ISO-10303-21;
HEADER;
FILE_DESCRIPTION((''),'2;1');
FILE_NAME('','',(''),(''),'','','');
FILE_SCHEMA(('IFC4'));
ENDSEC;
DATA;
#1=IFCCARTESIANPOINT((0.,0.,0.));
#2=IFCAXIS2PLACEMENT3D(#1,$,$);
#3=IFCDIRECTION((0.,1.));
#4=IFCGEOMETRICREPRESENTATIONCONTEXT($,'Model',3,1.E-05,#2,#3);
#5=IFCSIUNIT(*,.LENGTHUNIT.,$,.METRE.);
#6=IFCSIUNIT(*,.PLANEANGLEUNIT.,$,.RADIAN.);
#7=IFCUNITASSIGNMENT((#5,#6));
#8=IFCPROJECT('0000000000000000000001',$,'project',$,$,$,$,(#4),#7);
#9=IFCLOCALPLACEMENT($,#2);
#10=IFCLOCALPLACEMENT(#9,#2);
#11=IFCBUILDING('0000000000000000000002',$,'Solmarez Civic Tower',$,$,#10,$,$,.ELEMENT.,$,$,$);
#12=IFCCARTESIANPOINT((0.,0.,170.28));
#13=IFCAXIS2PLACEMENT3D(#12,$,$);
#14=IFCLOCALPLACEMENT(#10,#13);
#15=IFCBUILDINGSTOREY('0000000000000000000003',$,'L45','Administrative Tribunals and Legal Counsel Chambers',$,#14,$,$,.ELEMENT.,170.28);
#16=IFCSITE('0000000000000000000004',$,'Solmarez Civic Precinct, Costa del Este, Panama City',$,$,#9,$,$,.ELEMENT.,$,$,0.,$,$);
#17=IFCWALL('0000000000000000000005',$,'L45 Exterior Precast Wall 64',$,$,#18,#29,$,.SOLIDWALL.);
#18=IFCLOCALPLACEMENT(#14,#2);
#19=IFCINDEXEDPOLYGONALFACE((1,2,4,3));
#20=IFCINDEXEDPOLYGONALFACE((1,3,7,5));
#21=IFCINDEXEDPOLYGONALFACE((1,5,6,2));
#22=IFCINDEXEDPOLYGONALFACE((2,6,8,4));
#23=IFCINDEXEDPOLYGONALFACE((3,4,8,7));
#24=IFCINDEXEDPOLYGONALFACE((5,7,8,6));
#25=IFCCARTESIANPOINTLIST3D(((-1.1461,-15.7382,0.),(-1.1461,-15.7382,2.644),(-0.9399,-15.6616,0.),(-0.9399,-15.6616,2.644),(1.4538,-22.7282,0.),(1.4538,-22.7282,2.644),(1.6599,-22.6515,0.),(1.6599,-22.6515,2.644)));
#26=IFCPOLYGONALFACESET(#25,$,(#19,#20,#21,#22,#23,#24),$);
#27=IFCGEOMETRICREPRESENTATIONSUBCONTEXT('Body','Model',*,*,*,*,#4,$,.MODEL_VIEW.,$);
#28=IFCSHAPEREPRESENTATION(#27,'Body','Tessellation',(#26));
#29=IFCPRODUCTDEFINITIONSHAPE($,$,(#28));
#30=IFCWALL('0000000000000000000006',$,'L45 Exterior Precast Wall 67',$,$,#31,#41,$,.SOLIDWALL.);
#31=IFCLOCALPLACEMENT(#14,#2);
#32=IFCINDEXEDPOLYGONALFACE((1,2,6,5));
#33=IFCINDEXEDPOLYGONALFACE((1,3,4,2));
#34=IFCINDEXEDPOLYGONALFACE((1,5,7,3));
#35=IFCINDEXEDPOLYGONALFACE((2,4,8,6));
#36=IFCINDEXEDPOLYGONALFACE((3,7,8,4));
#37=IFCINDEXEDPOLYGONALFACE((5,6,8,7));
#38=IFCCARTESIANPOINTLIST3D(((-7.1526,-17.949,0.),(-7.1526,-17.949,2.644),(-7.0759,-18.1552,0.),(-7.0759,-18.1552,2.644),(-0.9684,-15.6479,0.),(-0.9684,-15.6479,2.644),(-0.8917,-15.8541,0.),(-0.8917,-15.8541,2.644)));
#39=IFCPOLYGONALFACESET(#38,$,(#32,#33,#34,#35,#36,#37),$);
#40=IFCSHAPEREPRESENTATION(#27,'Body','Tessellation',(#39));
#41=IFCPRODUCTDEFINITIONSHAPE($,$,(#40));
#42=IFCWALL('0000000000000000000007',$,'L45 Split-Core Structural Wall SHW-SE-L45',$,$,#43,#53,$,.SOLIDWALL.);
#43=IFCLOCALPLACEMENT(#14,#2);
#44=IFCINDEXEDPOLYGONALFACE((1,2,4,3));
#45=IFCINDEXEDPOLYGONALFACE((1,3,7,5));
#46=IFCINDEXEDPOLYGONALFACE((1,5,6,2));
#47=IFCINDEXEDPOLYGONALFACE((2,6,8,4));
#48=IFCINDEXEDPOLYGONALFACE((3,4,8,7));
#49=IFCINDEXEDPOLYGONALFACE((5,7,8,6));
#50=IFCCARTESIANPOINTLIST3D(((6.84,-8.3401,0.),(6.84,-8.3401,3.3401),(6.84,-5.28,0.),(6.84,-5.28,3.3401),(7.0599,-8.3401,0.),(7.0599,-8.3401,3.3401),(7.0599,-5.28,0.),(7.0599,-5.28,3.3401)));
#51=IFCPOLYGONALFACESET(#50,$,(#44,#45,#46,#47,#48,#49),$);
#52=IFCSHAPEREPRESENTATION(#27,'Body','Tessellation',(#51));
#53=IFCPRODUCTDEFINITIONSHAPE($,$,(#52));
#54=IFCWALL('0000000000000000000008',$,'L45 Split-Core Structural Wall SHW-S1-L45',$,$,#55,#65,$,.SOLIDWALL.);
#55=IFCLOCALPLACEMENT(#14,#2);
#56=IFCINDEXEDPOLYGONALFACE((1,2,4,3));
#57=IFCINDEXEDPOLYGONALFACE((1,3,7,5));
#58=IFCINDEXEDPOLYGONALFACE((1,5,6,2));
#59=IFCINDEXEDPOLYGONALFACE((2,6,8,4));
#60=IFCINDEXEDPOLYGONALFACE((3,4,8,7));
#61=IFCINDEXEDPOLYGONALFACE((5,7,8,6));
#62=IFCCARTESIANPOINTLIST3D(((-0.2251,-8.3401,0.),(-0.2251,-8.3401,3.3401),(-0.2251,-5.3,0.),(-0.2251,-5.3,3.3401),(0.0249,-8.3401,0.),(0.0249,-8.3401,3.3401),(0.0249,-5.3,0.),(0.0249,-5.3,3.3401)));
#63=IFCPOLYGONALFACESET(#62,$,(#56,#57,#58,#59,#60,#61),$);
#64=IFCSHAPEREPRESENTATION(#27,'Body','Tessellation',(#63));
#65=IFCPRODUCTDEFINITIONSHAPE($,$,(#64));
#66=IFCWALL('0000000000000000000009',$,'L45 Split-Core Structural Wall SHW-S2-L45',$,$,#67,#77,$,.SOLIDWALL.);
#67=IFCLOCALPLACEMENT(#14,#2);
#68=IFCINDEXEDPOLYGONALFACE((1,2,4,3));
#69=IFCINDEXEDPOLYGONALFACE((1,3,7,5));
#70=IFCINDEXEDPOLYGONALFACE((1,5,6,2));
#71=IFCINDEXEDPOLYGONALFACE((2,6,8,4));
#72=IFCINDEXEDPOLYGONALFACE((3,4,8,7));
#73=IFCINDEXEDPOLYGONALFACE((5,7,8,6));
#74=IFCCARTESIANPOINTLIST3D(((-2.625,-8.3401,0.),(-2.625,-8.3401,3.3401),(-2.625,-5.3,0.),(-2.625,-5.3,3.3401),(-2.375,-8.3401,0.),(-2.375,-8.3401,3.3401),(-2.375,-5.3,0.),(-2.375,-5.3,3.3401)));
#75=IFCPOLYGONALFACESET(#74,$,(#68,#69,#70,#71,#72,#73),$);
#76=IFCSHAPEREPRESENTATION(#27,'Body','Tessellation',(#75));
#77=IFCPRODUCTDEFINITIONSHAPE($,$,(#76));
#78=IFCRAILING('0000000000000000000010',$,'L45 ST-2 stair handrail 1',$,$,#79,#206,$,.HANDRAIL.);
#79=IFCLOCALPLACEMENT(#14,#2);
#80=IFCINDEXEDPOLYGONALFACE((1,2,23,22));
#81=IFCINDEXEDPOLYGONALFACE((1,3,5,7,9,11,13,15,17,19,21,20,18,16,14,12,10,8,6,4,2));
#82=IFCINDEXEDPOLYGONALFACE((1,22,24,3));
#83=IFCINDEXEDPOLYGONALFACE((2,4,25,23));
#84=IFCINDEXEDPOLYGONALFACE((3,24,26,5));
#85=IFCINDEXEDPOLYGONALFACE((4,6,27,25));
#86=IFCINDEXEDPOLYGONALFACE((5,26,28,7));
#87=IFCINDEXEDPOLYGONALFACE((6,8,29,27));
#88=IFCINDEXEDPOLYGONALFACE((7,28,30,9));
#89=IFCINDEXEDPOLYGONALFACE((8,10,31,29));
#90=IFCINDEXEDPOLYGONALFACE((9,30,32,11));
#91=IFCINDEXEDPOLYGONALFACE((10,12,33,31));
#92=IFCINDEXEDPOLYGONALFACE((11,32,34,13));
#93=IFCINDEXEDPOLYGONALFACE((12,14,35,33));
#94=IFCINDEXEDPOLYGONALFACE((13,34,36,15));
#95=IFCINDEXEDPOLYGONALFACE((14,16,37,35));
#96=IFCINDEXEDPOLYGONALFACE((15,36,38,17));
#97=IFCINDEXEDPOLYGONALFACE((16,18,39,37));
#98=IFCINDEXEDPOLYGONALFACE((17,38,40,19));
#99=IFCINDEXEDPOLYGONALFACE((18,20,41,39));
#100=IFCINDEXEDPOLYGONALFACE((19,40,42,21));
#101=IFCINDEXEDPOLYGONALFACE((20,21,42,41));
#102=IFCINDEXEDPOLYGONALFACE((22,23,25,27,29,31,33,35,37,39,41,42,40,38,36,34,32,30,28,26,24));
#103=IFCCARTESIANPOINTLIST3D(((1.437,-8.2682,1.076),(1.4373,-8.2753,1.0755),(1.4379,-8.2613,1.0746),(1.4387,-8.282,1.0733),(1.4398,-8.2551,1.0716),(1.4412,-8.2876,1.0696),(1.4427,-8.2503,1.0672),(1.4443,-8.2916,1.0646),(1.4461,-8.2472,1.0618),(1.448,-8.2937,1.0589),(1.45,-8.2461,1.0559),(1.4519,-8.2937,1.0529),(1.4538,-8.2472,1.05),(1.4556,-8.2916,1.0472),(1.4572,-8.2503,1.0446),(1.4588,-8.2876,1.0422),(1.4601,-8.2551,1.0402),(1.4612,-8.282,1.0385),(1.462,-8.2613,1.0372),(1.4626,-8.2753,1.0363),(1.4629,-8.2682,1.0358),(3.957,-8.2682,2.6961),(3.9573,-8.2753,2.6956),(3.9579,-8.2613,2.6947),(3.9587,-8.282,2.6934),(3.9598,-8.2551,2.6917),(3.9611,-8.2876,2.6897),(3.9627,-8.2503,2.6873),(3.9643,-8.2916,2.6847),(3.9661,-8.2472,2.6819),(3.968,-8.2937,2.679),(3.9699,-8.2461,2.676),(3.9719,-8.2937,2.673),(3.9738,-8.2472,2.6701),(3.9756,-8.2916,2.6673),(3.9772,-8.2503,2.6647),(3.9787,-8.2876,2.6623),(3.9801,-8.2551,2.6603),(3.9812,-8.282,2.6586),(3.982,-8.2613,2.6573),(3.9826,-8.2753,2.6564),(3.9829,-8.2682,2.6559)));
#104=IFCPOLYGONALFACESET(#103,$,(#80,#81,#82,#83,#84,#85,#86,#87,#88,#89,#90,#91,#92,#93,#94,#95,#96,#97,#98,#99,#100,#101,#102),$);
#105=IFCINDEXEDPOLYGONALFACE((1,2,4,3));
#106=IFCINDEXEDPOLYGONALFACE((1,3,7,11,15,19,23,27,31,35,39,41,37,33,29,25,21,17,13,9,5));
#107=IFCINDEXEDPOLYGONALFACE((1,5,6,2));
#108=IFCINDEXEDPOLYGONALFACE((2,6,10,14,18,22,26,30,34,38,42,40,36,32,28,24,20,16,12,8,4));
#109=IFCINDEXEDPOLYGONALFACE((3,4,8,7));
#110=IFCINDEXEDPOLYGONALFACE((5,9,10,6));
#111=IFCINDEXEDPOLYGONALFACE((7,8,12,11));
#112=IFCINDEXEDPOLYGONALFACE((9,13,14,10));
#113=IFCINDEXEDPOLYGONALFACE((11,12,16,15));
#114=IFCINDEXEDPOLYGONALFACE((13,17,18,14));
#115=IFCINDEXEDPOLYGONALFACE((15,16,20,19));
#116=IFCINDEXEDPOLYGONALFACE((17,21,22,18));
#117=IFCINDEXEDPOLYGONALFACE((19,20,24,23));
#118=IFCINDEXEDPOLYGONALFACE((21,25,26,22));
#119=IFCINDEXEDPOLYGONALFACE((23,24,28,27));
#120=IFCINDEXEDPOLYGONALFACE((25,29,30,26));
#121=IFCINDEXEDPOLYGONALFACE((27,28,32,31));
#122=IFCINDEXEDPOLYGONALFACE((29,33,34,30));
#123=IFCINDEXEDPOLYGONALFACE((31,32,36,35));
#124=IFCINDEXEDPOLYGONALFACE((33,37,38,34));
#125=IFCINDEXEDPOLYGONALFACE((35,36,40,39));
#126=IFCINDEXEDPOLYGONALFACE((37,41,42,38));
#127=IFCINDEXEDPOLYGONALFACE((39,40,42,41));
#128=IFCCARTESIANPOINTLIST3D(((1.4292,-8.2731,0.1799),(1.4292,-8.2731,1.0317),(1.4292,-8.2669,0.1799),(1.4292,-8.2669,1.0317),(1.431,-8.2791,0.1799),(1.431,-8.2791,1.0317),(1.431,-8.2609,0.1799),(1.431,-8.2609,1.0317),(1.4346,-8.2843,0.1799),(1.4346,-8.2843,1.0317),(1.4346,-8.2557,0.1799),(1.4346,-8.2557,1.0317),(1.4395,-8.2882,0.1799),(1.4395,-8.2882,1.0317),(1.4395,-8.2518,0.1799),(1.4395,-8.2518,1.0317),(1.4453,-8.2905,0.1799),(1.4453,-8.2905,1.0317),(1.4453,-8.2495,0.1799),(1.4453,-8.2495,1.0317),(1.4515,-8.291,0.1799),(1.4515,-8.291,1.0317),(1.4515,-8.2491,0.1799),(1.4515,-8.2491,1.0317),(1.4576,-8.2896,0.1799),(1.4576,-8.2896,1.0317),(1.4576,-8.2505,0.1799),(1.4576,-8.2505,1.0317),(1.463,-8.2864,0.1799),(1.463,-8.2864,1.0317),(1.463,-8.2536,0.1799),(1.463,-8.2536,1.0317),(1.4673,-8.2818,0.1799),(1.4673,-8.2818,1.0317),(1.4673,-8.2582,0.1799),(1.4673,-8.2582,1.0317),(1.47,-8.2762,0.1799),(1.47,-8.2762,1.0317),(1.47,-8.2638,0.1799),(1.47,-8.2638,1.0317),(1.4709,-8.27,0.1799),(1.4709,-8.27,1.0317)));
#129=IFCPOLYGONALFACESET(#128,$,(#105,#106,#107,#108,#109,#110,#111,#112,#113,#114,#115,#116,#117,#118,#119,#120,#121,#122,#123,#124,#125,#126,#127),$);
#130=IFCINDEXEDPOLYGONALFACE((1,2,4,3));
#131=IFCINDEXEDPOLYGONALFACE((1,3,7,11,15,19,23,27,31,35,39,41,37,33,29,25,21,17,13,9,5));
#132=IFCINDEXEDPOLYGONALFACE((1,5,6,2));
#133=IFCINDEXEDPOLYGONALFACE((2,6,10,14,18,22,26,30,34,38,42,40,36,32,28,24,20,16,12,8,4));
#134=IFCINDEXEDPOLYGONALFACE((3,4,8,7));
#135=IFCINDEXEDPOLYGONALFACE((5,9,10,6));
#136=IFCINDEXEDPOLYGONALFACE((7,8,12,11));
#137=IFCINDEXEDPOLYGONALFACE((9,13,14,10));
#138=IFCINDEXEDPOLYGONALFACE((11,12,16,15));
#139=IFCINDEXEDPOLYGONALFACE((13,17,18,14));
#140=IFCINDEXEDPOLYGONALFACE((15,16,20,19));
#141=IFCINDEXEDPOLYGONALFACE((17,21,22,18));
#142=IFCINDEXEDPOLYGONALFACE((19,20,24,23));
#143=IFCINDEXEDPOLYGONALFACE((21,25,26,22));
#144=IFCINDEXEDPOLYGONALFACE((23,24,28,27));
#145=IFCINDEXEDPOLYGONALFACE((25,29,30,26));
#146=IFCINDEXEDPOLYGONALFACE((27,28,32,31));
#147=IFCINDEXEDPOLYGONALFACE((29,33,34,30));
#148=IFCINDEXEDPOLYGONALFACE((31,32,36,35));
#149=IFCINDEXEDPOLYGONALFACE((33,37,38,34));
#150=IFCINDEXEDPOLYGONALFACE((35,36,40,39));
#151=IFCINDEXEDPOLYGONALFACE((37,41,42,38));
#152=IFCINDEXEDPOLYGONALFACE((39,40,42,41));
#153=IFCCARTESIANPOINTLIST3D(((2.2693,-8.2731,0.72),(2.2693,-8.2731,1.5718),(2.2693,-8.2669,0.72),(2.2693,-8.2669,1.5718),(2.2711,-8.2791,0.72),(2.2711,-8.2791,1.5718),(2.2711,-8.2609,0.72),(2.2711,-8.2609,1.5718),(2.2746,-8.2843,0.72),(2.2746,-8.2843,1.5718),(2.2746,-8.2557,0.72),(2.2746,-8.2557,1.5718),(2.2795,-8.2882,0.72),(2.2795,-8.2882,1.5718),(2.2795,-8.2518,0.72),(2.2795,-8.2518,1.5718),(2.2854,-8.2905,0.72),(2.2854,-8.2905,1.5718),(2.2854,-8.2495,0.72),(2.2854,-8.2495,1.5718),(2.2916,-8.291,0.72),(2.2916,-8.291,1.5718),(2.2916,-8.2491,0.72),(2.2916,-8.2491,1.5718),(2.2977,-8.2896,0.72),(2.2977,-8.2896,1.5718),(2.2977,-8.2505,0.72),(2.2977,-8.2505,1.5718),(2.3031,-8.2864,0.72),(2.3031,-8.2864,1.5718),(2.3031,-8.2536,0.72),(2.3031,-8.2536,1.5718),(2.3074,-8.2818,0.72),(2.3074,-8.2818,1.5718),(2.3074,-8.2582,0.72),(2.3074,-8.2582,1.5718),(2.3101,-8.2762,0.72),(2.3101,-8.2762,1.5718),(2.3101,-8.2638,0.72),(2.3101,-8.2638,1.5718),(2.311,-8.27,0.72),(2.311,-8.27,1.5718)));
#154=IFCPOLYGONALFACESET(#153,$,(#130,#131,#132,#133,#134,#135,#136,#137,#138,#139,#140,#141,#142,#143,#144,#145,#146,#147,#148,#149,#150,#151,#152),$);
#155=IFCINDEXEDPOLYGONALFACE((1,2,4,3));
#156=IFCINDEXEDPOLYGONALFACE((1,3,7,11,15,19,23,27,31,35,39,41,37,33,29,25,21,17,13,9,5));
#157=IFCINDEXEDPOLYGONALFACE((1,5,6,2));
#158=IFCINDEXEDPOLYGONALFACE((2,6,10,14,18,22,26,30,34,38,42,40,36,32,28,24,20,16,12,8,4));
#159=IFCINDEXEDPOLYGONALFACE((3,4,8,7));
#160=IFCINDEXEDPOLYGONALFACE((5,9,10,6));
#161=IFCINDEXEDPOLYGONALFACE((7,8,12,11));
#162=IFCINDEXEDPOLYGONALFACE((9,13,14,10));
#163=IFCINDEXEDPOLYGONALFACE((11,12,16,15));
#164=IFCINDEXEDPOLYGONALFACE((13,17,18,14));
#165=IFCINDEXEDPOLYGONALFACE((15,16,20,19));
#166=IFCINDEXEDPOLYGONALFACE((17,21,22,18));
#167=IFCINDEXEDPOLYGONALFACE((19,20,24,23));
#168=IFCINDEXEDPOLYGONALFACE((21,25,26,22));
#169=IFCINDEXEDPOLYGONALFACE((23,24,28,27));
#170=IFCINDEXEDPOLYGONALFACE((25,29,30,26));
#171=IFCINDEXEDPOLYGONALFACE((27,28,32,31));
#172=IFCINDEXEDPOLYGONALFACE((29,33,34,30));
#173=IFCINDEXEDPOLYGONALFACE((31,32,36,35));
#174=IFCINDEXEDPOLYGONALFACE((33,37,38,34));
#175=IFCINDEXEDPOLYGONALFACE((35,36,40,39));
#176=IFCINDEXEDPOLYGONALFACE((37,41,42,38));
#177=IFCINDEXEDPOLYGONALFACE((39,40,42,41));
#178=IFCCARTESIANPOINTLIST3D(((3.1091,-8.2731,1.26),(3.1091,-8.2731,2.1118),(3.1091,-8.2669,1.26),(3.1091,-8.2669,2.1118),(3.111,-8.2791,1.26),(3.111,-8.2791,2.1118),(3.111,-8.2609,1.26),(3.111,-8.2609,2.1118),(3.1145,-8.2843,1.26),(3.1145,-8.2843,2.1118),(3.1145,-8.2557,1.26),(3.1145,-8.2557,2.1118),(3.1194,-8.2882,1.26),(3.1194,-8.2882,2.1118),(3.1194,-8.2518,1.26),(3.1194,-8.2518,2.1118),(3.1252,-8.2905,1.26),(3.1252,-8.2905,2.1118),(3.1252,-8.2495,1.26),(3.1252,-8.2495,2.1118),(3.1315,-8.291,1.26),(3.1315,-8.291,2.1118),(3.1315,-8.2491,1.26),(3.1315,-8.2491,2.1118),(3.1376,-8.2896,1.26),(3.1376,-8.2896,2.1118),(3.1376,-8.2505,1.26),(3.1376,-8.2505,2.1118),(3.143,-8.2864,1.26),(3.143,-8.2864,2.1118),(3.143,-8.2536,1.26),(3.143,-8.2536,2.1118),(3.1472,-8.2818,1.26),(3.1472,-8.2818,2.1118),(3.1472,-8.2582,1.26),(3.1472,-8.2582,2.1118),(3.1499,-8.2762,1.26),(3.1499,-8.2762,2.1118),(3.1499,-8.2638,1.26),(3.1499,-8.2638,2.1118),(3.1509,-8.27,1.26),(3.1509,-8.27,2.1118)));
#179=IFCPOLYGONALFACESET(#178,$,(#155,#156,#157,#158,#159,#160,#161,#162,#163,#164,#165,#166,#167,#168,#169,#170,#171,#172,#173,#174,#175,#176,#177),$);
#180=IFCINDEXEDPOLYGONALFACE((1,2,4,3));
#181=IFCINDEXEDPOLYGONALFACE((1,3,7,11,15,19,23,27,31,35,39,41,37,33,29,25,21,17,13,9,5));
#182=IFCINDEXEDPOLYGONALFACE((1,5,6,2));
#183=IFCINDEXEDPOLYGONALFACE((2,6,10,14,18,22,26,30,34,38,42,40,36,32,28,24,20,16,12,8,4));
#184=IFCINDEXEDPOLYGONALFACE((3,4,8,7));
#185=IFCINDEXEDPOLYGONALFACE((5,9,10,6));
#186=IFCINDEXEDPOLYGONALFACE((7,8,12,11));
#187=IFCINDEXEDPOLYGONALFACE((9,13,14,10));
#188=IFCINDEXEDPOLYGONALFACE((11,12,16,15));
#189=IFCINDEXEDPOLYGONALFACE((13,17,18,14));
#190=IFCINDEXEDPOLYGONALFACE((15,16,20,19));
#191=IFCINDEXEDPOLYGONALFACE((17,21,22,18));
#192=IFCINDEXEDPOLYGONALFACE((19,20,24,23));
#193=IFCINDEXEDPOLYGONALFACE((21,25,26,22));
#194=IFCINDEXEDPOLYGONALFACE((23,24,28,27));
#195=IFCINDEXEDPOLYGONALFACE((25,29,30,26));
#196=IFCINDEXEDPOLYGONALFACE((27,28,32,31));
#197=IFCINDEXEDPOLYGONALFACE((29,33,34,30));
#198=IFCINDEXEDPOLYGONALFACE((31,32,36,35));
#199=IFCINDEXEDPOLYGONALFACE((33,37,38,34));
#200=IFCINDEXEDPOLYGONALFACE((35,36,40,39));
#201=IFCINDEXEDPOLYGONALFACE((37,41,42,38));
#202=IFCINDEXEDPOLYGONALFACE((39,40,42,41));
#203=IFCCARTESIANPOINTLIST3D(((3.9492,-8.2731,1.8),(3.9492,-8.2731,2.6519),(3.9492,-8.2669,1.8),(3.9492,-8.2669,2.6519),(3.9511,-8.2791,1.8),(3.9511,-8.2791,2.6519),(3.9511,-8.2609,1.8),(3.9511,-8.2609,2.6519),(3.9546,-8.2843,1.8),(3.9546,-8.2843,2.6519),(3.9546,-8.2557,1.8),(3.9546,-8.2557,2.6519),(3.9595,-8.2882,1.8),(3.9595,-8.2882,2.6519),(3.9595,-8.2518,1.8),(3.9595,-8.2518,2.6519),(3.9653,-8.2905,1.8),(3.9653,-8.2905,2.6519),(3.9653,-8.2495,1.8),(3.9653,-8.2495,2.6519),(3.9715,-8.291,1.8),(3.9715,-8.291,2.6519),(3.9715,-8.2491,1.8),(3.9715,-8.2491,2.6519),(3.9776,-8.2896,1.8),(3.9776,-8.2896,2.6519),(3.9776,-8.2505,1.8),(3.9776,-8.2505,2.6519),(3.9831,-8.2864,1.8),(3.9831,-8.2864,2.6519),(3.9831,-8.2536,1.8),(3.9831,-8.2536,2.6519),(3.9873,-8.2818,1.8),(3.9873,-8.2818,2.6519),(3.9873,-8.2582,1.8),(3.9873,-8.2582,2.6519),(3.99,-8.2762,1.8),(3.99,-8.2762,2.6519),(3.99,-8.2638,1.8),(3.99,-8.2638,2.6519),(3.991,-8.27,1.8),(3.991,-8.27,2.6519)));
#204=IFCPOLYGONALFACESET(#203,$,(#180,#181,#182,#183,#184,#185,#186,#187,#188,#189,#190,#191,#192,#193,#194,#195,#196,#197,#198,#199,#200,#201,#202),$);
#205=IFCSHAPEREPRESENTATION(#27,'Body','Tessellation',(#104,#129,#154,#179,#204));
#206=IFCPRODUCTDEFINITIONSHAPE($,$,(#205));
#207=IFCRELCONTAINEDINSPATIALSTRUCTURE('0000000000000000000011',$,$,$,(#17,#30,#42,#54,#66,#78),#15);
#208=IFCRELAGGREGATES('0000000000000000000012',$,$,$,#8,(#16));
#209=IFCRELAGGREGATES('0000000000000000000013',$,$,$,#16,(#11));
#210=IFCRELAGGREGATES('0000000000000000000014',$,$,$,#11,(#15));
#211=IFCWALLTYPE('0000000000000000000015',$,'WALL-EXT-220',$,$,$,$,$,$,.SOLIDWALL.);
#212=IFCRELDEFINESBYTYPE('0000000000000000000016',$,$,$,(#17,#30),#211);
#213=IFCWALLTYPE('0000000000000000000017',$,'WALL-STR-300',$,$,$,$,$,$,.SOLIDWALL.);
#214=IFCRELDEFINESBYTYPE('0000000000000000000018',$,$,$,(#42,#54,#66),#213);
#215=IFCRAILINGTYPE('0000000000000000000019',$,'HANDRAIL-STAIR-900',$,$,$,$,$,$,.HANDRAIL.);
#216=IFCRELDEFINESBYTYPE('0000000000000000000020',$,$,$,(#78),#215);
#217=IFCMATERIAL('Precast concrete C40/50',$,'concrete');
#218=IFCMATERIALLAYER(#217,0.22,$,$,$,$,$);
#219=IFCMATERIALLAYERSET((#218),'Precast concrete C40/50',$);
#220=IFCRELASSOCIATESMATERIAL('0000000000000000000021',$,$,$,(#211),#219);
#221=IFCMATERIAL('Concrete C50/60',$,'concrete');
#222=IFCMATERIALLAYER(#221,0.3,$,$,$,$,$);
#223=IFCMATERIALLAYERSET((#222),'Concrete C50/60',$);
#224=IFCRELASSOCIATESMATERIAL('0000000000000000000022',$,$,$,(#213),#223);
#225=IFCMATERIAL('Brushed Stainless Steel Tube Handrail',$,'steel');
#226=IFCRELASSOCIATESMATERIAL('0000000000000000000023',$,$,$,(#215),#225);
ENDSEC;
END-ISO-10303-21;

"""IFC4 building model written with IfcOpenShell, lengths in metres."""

from ifc_helpers import new_model, si_unit, direction, frame, frame_2d, origin, origin_2d, place, context, subcontext, project, spatial, rectangle, circle, extrude, material, layer, layer_set, type_object, element, save


model = new_model("IFC4")

# Units and contexts
model_context = context("Model", 3, precision=1e-05, world=origin(), true_north=direction((0.0, 1.0)))
body_context = subcontext(model_context, "Body", "Model", "MODEL_VIEW")
ifc_project = project(units=[si_unit("LENGTHUNIT", "METRE"), si_unit("PLANEANGLEUNIT", "RADIAN")], contexts=[model_context])

# Site, building, storey
site_placement = place(None, origin())
site = spatial("IfcSite", under=ifc_project, at=site_placement, Name="Solmarez Civic Precinct, Costa del Este, Panama City", CompositionType="ELEMENT", RefElevation=0.0)
building_placement = place(site_placement, origin())
building = spatial("IfcBuilding", under=site, at=building_placement, Name="Solmarez Civic Tower", CompositionType="ELEMENT")
storey_placement = place(building_placement, frame((0.0, 0.0, 170.28)))
storey = spatial("IfcBuildingStorey", under=building, at=storey_placement, Name="L45", Description="Administrative Tribunals and Legal Counsel Chambers", CompositionType="ELEMENT", Elevation=170.28)

# Shared definitions
ifc_material_1 = material(Name="Concrete C50/60", Category="concrete")

# Walls
ifc_material_2 = material(Name="Precast concrete C40/50", Category="concrete")
ifc_layer_1 = layer(ifc_material_2, 0.22)
ifc_layer_set_1 = layer_set([ifc_layer_1], Name="Precast concrete C40/50")
wall_type_1 = type_object("IfcWallType", Name="WALL-EXT-220", PredefinedType="SOLIDWALL", material=ifc_layer_set_1)
wall_1_placement = place(storey_placement, frame((1.5569, -22.6899, 0.0), z_axis=(0.0, 0.0, 1.0), x_axis=(-0.348607, 0.937269, 0.0)))
element("IfcWall", 1, at=wall_1_placement, inside=storey, type_object=wall_type_1, Name="L45 Exterior Precast Wall 64", PredefinedType="SOLIDWALL", context=body_context, shape_type="SweptSolid", body=[
    extrude(rectangle(XDim=7.4578, YDim=0.22, at=frame_2d((3.729, 0.0))), origin(), (0.0, 0.0, 1.0), 2.644),
])
wall_2_placement = place(storey_placement, frame((-0.9299, -15.751, 0.0), z_axis=(0.0, 0.0, 1.0), x_axis=(-0.937223, -0.34873, 0.0)))
element("IfcWall", 2, at=wall_2_placement, inside=storey, type_object=wall_type_1, Name="L45 Exterior Precast Wall 67", PredefinedType="SOLIDWALL", context=body_context, shape_type="SweptSolid", body=[
    extrude(rectangle(XDim=6.5984, YDim=0.22, at=frame_2d((3.2993, 0.0))), origin(), (0.0, 0.0, 1.0), 2.644),
])
ifc_layer_2 = layer(ifc_material_1, 0.3)
ifc_layer_set_2 = layer_set([ifc_layer_2], Name="Concrete C50/60")
wall_type_2 = type_object("IfcWallType", Name="WALL-STR-300", PredefinedType="SOLIDWALL", material=ifc_layer_set_2)
wall_3_placement = place(storey_placement, frame((6.95, -8.3401, 0.0), z_axis=(0.0, 0.0, 1.0), x_axis=(0.0, 1.0, 0.0)))
element("IfcWall", 3, at=wall_3_placement, inside=storey, type_object=wall_type_2, Name="L45 Split-Core Structural Wall SHW-SE-L45", PredefinedType="SOLIDWALL", context=body_context, shape_type="SweptSolid", body=[
    extrude(rectangle(XDim=3.0601, YDim=0.22, at=frame_2d((1.53, 0.0))), origin(), (0.0, 0.0, 1.0), 3.3401),
])
for number, where, z_axis, x_axis, name in (
    (4, (-0.1001, -8.3401, 0.0), (0.0, 0.0, 1.0), (0.0, 1.0, 0.0), "L45 Split-Core Structural Wall SHW-S1-L45"),
    (5, (-2.5, -8.3401, 0.0), (0.0, 0.0, 1.0), (0.0, 1.0, 0.0), "L45 Split-Core Structural Wall SHW-S2-L45"),
):
    element("IfcWall", number, at=place(storey_placement, frame(where, z_axis=z_axis, x_axis=x_axis)), inside=storey, type_object=wall_type_2, Name=name, PredefinedType="SOLIDWALL", context=body_context, shape_type="SweptSolid", body=[
        extrude(rectangle(XDim=3.04, YDim=0.25, at=frame_2d((1.52, 0.0))), origin(), (0.0, 0.0, 1.0), 3.3401),
    ])

# Railing
ifc_material_3 = material(Name="Brushed Stainless Steel Tube Handrail", Category="steel")
railing_type = type_object("IfcRailingType", Name="HANDRAIL-STAIR-900", PredefinedType="HANDRAIL", material=ifc_material_3)
railing_placement = place(storey_placement, frame((1.45, -8.27, 0.1799)))
element("IfcRailing", 6, at=railing_placement, inside=storey, type_object=railing_type, Name="L45 ST-2 stair handrail 1", PredefinedType="HANDRAIL", context=body_context, shape_type="SweptSolid", body=[
    extrude(circle(Radius=0.0239, at=origin_2d()), frame((0.0, 0.0, 0.876), z_axis=(0.841163, 0.0, 0.540782), x_axis=(0.0, 1.0, 0.0)), (0.0, 0.0, 1.0), 2.9958),
    extrude(circle(Radius=0.021, at=origin_2d()), origin(), (0.0, 0.0, 1.0), 0.8518),
    extrude(circle(Radius=0.021, at=origin_2d()), frame((0.8401, 0.0, 0.54)), (0.0, 0.0, 1.0), 0.8518),
    extrude(circle(Radius=0.021, at=origin_2d()), frame((1.6799, 0.0, 1.0801)), (0.0, 0.0, 1.0), 0.8518),
    extrude(circle(Radius=0.021, at=origin_2d()), frame((2.52, 0.0, 1.6201)), (0.0, 0.0, 1.0), 0.8518),
])

save(model, "model.ifc")
